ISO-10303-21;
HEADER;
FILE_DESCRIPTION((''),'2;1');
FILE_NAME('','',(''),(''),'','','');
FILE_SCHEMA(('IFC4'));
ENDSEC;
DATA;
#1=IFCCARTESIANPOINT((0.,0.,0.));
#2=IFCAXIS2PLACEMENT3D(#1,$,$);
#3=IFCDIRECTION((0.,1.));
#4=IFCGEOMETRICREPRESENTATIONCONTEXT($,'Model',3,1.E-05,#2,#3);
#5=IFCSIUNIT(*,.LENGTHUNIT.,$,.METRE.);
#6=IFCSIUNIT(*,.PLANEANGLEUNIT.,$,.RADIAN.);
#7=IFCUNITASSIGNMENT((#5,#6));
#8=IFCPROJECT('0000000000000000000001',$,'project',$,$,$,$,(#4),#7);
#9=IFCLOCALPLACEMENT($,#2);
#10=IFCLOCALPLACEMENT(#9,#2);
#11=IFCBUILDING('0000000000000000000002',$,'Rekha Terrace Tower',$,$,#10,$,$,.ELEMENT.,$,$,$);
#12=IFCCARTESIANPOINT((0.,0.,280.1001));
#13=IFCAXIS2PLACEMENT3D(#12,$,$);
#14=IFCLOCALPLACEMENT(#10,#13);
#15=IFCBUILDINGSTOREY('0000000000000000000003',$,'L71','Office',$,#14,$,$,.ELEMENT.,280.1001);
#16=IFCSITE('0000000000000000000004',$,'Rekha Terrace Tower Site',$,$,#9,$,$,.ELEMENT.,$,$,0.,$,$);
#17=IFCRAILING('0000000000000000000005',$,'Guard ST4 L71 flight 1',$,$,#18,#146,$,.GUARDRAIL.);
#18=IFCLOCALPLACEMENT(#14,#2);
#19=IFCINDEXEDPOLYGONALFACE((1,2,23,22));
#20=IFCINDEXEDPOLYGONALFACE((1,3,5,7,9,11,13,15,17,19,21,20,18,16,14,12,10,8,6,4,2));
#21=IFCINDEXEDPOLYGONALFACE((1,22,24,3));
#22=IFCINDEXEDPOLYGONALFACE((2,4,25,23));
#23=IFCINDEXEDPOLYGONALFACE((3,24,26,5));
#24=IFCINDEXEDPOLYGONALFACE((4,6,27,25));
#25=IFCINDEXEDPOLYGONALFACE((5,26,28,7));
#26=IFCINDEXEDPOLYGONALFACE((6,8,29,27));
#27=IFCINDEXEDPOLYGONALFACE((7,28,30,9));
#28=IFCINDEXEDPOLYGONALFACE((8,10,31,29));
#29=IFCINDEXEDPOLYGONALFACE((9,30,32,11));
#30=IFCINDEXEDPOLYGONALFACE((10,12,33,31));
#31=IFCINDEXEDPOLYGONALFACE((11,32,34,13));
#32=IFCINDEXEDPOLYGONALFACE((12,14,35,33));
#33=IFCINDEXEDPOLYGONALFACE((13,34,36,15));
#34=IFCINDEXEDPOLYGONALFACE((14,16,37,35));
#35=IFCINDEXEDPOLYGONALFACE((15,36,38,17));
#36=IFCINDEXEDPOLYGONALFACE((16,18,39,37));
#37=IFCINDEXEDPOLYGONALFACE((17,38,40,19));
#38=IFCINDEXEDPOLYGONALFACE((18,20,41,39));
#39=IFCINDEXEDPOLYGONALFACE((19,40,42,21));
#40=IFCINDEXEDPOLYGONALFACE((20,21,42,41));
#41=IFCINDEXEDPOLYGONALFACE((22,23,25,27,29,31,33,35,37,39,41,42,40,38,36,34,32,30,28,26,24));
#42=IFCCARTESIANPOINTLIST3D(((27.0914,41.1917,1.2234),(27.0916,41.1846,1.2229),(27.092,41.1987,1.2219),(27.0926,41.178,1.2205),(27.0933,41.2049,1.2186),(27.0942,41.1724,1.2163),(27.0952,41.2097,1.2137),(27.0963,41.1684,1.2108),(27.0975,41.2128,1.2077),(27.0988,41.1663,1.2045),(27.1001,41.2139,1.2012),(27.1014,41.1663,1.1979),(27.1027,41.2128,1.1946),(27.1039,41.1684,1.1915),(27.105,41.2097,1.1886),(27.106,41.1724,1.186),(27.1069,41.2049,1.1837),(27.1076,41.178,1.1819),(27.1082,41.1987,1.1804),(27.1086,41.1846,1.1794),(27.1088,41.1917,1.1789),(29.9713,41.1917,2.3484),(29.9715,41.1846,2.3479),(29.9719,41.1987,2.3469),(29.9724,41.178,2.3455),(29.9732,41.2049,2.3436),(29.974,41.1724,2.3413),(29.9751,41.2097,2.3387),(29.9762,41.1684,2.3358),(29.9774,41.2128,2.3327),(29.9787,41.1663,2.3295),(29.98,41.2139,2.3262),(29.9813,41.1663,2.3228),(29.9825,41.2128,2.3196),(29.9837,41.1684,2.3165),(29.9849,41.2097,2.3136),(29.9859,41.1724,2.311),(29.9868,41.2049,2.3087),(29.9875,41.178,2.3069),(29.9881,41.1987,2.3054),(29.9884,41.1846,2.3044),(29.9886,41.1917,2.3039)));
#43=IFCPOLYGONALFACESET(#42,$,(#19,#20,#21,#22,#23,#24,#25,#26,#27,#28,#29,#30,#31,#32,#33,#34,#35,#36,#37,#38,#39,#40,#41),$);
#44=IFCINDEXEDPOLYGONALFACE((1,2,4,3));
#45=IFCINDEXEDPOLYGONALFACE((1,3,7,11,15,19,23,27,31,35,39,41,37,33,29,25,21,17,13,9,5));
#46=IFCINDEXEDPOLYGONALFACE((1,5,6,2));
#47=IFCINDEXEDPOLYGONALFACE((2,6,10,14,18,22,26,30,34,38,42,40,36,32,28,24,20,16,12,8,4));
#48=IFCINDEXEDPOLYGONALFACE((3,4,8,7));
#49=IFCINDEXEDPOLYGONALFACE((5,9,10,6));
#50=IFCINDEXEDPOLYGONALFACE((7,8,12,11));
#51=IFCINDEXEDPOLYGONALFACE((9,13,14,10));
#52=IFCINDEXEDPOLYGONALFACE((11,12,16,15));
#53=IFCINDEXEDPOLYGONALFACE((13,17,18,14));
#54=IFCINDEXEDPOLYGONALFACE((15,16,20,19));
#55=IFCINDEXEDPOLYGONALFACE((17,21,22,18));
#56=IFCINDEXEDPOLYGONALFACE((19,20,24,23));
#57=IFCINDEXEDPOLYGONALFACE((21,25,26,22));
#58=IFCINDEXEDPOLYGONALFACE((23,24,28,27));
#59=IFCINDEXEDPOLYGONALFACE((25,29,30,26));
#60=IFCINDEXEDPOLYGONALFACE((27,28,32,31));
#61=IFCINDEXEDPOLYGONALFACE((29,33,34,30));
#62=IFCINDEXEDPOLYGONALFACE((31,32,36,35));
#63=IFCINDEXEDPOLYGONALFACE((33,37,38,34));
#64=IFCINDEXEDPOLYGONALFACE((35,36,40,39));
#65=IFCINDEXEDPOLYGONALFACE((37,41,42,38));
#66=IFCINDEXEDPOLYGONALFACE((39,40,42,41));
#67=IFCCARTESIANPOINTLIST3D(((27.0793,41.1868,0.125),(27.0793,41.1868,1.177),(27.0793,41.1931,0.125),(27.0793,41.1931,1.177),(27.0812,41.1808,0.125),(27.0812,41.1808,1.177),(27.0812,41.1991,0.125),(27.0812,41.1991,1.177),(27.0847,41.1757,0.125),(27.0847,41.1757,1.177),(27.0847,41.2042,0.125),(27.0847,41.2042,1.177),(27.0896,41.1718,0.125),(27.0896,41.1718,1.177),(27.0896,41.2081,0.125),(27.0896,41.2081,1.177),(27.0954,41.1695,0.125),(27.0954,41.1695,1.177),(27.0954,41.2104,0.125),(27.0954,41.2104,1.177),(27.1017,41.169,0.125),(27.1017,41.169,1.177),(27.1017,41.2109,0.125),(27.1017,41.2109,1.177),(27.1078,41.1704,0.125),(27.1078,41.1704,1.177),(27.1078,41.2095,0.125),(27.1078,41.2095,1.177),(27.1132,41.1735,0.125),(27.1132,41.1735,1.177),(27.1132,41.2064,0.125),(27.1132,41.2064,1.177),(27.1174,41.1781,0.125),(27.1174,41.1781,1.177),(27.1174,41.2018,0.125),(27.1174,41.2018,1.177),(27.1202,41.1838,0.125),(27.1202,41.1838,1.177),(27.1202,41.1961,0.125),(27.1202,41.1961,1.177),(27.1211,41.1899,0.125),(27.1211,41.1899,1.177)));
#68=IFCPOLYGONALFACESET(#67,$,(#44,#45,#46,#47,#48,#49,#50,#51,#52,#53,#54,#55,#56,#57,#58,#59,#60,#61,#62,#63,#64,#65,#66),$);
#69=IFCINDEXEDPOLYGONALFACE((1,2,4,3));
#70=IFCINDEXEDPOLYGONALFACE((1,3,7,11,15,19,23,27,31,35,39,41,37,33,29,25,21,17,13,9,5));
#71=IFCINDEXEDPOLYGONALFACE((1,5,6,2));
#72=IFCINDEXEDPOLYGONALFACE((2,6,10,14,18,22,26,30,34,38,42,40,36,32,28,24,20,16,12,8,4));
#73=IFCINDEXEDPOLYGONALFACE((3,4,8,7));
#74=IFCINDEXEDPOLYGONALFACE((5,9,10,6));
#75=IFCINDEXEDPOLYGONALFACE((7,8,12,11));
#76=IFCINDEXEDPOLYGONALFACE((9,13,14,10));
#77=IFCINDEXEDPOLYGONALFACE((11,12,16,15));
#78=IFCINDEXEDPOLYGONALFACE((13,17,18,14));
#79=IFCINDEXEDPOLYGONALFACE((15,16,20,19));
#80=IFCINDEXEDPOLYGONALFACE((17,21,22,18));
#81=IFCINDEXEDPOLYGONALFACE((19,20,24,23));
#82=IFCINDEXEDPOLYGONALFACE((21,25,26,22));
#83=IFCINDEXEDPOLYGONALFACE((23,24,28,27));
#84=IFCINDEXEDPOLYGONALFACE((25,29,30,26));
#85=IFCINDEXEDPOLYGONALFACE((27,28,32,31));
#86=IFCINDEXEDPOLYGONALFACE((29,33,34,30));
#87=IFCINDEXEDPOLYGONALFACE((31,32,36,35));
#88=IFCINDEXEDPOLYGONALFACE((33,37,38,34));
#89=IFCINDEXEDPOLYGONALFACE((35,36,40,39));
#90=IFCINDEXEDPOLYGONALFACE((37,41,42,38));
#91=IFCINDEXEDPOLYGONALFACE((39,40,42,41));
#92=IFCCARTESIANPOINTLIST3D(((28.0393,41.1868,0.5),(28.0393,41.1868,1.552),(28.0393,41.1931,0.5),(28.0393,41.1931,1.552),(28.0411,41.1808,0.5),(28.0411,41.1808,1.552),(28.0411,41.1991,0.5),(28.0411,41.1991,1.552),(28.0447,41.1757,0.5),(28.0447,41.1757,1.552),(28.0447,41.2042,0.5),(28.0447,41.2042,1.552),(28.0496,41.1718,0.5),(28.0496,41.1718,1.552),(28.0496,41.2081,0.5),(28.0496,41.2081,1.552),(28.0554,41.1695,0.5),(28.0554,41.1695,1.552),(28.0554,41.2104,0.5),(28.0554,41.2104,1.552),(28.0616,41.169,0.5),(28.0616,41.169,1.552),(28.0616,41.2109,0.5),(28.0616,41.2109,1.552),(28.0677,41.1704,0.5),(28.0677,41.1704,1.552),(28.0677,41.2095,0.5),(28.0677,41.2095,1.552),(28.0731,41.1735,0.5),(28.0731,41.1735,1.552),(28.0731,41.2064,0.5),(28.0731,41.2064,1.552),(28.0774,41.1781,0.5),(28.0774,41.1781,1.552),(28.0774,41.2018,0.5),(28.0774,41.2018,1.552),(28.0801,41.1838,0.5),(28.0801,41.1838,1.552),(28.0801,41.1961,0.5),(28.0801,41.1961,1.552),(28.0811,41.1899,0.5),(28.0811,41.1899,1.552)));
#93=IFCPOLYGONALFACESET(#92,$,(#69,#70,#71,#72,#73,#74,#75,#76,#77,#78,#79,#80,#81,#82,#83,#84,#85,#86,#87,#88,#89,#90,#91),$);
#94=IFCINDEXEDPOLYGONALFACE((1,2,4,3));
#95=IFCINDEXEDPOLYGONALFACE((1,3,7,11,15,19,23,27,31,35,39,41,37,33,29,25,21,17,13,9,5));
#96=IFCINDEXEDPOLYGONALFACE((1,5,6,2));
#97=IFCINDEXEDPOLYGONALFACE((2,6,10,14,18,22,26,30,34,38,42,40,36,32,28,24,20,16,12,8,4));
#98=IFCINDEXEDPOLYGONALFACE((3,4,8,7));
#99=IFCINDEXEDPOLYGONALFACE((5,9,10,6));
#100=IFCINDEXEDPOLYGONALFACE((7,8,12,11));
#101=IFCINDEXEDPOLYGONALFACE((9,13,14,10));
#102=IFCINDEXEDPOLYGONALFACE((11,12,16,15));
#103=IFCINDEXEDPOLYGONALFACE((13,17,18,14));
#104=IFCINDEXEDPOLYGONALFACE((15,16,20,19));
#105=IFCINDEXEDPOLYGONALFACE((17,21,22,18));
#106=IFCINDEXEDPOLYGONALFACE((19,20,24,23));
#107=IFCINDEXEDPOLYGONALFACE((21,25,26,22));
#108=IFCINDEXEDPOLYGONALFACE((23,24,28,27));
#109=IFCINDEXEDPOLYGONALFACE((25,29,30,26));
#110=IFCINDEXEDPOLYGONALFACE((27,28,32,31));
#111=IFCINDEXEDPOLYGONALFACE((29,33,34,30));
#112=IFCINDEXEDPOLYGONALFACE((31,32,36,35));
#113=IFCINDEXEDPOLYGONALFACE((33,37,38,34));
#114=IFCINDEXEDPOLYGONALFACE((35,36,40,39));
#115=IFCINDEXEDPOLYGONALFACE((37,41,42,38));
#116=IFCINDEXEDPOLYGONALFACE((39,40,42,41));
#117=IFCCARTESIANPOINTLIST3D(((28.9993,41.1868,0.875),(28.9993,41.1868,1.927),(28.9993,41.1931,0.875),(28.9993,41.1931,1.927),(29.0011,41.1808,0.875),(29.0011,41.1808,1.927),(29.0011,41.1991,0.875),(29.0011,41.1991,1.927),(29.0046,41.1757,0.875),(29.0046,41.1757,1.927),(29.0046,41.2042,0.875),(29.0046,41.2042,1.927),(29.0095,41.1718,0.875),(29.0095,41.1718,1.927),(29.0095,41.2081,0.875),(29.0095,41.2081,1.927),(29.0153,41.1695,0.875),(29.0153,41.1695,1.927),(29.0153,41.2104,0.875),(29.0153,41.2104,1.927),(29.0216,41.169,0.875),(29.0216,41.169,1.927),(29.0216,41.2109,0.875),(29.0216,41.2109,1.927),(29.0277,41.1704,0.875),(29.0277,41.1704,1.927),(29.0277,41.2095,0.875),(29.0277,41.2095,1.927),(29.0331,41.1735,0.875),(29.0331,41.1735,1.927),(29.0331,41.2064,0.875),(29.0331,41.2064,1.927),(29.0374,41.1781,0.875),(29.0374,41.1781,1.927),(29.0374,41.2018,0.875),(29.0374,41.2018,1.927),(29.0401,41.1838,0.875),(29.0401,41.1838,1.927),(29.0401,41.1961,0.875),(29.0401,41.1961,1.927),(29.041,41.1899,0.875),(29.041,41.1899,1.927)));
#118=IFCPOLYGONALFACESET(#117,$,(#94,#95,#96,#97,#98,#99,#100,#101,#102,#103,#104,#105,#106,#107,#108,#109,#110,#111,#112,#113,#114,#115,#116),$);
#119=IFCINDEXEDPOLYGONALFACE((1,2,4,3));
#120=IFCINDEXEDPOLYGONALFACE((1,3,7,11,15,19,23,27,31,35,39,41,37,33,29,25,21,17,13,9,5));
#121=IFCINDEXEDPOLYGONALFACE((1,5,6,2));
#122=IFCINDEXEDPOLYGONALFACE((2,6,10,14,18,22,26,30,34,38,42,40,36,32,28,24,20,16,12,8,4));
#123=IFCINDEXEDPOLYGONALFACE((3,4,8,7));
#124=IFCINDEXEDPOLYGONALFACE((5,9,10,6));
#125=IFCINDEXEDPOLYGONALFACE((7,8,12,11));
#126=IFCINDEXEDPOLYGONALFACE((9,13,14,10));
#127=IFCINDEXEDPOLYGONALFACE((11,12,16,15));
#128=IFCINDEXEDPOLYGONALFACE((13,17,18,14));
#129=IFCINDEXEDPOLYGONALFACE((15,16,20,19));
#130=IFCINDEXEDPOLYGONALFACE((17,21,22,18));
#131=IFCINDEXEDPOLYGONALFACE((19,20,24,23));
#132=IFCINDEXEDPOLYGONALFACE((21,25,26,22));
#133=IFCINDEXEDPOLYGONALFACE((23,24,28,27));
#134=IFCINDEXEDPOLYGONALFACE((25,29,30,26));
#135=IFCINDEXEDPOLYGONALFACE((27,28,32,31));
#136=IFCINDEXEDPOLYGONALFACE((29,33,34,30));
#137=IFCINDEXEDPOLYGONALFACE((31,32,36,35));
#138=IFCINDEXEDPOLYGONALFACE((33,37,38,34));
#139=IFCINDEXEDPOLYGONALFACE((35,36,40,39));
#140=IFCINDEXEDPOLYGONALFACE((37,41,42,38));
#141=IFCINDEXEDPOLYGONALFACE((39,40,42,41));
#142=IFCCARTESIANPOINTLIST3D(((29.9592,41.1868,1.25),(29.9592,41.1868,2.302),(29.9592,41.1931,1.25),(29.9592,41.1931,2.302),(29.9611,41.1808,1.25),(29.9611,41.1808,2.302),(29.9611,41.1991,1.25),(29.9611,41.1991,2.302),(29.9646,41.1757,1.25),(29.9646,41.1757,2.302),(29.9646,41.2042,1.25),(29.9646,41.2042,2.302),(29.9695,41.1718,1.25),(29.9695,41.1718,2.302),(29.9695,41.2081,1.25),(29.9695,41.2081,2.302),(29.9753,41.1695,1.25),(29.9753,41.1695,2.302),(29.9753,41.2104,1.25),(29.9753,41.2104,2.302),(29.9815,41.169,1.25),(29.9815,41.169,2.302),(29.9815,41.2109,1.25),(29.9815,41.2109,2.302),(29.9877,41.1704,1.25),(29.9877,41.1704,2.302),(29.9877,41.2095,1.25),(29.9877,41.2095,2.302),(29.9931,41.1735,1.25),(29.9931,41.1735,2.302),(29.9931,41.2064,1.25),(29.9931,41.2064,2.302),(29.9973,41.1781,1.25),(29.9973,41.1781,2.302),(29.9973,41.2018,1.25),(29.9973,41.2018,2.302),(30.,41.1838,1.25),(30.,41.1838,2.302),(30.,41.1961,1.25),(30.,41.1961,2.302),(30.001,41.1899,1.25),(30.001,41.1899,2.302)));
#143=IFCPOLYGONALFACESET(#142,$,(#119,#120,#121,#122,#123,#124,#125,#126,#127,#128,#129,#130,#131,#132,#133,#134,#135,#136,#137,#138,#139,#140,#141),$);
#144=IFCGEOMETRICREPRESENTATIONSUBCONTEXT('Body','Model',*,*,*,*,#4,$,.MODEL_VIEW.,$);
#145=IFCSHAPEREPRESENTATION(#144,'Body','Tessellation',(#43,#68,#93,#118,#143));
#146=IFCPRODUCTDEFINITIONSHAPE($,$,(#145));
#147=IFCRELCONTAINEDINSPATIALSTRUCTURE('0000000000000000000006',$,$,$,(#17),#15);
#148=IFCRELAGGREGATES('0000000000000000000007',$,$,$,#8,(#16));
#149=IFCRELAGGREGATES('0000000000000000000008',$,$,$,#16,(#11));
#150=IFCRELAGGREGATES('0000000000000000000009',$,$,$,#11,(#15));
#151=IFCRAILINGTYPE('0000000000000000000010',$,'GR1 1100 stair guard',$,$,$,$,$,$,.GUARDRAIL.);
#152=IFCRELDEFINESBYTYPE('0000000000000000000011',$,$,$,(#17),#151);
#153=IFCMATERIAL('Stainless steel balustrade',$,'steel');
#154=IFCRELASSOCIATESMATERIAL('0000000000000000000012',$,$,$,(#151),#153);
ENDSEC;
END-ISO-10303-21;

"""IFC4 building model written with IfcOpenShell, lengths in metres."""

from ifc_helpers import new_model, si_unit, direction, frame, origin, origin_2d, place, context, subcontext, project, spatial, circle, extrude, material, type_object, element, save


model = new_model("IFC4")

# Units and contexts
model_context = context("Model", 3, precision=1e-05, world=origin(), true_north=direction((0.0, 1.0)))
body_context = subcontext(model_context, "Body", "Model", "MODEL_VIEW")
ifc_project = project(units=[si_unit("LENGTHUNIT", "METRE"), si_unit("PLANEANGLEUNIT", "RADIAN")], contexts=[model_context])

# Site, building, storey
site_placement = place(None, origin())
site = spatial("IfcSite", under=ifc_project, at=site_placement, Name="Rekha Terrace Tower Site", CompositionType="ELEMENT", RefElevation=0.0)
building_placement = place(site_placement, origin())
building = spatial("IfcBuilding", under=site, at=building_placement, Name="Rekha Terrace Tower", CompositionType="ELEMENT")
storey_placement = place(building_placement, frame((0.0, 0.0, 280.1001)))
storey = spatial("IfcBuildingStorey", under=building, at=storey_placement, Name="L71", Description="Office", CompositionType="ELEMENT", Elevation=280.1001)

# Railing
ifc_material_1 = material(Name="Stainless steel balustrade", Category="steel")
railing_type_1 = type_object("IfcRailingType", Name="GR1 1100 stair guard", PredefinedType="GUARDRAIL", material=ifc_material_1)
railing_1_placement = place(storey_placement, frame((27.1001, 41.1899, 0.125)))
element("IfcRailing", 1, at=railing_1_placement, inside=storey, type_object=railing_type_1, Name="Guard ST4 L71 flight 1", PredefinedType="GUARDRAIL", context=body_context, shape_type="SweptSolid", body=[
    extrude(circle(Radius=0.0239, at=origin_2d()), frame((0.0, 0.0, 1.0762), z_axis=(0.931452, 0.0, 0.363863), x_axis=(0.0, 1.0, 0.0)), (0.0, 0.0, 1.0), 3.0918),
    extrude(circle(Radius=0.021, at=origin_2d()), origin(), (0.0, 0.0, 1.0), 1.052),
    extrude(circle(Radius=0.021, at=origin_2d()), frame((0.96, 0.0, 0.375)), (0.0, 0.0, 1.0), 1.052),
    extrude(circle(Radius=0.021, at=origin_2d()), frame((1.9199, 0.0, 0.75)), (0.0, 0.0, 1.0), 1.052),
    extrude(circle(Radius=0.021, at=origin_2d()), frame((2.8799, 0.0, 1.125)), (0.0, 0.0, 1.0), 1.052),
])

save(model, "model.ifc")
